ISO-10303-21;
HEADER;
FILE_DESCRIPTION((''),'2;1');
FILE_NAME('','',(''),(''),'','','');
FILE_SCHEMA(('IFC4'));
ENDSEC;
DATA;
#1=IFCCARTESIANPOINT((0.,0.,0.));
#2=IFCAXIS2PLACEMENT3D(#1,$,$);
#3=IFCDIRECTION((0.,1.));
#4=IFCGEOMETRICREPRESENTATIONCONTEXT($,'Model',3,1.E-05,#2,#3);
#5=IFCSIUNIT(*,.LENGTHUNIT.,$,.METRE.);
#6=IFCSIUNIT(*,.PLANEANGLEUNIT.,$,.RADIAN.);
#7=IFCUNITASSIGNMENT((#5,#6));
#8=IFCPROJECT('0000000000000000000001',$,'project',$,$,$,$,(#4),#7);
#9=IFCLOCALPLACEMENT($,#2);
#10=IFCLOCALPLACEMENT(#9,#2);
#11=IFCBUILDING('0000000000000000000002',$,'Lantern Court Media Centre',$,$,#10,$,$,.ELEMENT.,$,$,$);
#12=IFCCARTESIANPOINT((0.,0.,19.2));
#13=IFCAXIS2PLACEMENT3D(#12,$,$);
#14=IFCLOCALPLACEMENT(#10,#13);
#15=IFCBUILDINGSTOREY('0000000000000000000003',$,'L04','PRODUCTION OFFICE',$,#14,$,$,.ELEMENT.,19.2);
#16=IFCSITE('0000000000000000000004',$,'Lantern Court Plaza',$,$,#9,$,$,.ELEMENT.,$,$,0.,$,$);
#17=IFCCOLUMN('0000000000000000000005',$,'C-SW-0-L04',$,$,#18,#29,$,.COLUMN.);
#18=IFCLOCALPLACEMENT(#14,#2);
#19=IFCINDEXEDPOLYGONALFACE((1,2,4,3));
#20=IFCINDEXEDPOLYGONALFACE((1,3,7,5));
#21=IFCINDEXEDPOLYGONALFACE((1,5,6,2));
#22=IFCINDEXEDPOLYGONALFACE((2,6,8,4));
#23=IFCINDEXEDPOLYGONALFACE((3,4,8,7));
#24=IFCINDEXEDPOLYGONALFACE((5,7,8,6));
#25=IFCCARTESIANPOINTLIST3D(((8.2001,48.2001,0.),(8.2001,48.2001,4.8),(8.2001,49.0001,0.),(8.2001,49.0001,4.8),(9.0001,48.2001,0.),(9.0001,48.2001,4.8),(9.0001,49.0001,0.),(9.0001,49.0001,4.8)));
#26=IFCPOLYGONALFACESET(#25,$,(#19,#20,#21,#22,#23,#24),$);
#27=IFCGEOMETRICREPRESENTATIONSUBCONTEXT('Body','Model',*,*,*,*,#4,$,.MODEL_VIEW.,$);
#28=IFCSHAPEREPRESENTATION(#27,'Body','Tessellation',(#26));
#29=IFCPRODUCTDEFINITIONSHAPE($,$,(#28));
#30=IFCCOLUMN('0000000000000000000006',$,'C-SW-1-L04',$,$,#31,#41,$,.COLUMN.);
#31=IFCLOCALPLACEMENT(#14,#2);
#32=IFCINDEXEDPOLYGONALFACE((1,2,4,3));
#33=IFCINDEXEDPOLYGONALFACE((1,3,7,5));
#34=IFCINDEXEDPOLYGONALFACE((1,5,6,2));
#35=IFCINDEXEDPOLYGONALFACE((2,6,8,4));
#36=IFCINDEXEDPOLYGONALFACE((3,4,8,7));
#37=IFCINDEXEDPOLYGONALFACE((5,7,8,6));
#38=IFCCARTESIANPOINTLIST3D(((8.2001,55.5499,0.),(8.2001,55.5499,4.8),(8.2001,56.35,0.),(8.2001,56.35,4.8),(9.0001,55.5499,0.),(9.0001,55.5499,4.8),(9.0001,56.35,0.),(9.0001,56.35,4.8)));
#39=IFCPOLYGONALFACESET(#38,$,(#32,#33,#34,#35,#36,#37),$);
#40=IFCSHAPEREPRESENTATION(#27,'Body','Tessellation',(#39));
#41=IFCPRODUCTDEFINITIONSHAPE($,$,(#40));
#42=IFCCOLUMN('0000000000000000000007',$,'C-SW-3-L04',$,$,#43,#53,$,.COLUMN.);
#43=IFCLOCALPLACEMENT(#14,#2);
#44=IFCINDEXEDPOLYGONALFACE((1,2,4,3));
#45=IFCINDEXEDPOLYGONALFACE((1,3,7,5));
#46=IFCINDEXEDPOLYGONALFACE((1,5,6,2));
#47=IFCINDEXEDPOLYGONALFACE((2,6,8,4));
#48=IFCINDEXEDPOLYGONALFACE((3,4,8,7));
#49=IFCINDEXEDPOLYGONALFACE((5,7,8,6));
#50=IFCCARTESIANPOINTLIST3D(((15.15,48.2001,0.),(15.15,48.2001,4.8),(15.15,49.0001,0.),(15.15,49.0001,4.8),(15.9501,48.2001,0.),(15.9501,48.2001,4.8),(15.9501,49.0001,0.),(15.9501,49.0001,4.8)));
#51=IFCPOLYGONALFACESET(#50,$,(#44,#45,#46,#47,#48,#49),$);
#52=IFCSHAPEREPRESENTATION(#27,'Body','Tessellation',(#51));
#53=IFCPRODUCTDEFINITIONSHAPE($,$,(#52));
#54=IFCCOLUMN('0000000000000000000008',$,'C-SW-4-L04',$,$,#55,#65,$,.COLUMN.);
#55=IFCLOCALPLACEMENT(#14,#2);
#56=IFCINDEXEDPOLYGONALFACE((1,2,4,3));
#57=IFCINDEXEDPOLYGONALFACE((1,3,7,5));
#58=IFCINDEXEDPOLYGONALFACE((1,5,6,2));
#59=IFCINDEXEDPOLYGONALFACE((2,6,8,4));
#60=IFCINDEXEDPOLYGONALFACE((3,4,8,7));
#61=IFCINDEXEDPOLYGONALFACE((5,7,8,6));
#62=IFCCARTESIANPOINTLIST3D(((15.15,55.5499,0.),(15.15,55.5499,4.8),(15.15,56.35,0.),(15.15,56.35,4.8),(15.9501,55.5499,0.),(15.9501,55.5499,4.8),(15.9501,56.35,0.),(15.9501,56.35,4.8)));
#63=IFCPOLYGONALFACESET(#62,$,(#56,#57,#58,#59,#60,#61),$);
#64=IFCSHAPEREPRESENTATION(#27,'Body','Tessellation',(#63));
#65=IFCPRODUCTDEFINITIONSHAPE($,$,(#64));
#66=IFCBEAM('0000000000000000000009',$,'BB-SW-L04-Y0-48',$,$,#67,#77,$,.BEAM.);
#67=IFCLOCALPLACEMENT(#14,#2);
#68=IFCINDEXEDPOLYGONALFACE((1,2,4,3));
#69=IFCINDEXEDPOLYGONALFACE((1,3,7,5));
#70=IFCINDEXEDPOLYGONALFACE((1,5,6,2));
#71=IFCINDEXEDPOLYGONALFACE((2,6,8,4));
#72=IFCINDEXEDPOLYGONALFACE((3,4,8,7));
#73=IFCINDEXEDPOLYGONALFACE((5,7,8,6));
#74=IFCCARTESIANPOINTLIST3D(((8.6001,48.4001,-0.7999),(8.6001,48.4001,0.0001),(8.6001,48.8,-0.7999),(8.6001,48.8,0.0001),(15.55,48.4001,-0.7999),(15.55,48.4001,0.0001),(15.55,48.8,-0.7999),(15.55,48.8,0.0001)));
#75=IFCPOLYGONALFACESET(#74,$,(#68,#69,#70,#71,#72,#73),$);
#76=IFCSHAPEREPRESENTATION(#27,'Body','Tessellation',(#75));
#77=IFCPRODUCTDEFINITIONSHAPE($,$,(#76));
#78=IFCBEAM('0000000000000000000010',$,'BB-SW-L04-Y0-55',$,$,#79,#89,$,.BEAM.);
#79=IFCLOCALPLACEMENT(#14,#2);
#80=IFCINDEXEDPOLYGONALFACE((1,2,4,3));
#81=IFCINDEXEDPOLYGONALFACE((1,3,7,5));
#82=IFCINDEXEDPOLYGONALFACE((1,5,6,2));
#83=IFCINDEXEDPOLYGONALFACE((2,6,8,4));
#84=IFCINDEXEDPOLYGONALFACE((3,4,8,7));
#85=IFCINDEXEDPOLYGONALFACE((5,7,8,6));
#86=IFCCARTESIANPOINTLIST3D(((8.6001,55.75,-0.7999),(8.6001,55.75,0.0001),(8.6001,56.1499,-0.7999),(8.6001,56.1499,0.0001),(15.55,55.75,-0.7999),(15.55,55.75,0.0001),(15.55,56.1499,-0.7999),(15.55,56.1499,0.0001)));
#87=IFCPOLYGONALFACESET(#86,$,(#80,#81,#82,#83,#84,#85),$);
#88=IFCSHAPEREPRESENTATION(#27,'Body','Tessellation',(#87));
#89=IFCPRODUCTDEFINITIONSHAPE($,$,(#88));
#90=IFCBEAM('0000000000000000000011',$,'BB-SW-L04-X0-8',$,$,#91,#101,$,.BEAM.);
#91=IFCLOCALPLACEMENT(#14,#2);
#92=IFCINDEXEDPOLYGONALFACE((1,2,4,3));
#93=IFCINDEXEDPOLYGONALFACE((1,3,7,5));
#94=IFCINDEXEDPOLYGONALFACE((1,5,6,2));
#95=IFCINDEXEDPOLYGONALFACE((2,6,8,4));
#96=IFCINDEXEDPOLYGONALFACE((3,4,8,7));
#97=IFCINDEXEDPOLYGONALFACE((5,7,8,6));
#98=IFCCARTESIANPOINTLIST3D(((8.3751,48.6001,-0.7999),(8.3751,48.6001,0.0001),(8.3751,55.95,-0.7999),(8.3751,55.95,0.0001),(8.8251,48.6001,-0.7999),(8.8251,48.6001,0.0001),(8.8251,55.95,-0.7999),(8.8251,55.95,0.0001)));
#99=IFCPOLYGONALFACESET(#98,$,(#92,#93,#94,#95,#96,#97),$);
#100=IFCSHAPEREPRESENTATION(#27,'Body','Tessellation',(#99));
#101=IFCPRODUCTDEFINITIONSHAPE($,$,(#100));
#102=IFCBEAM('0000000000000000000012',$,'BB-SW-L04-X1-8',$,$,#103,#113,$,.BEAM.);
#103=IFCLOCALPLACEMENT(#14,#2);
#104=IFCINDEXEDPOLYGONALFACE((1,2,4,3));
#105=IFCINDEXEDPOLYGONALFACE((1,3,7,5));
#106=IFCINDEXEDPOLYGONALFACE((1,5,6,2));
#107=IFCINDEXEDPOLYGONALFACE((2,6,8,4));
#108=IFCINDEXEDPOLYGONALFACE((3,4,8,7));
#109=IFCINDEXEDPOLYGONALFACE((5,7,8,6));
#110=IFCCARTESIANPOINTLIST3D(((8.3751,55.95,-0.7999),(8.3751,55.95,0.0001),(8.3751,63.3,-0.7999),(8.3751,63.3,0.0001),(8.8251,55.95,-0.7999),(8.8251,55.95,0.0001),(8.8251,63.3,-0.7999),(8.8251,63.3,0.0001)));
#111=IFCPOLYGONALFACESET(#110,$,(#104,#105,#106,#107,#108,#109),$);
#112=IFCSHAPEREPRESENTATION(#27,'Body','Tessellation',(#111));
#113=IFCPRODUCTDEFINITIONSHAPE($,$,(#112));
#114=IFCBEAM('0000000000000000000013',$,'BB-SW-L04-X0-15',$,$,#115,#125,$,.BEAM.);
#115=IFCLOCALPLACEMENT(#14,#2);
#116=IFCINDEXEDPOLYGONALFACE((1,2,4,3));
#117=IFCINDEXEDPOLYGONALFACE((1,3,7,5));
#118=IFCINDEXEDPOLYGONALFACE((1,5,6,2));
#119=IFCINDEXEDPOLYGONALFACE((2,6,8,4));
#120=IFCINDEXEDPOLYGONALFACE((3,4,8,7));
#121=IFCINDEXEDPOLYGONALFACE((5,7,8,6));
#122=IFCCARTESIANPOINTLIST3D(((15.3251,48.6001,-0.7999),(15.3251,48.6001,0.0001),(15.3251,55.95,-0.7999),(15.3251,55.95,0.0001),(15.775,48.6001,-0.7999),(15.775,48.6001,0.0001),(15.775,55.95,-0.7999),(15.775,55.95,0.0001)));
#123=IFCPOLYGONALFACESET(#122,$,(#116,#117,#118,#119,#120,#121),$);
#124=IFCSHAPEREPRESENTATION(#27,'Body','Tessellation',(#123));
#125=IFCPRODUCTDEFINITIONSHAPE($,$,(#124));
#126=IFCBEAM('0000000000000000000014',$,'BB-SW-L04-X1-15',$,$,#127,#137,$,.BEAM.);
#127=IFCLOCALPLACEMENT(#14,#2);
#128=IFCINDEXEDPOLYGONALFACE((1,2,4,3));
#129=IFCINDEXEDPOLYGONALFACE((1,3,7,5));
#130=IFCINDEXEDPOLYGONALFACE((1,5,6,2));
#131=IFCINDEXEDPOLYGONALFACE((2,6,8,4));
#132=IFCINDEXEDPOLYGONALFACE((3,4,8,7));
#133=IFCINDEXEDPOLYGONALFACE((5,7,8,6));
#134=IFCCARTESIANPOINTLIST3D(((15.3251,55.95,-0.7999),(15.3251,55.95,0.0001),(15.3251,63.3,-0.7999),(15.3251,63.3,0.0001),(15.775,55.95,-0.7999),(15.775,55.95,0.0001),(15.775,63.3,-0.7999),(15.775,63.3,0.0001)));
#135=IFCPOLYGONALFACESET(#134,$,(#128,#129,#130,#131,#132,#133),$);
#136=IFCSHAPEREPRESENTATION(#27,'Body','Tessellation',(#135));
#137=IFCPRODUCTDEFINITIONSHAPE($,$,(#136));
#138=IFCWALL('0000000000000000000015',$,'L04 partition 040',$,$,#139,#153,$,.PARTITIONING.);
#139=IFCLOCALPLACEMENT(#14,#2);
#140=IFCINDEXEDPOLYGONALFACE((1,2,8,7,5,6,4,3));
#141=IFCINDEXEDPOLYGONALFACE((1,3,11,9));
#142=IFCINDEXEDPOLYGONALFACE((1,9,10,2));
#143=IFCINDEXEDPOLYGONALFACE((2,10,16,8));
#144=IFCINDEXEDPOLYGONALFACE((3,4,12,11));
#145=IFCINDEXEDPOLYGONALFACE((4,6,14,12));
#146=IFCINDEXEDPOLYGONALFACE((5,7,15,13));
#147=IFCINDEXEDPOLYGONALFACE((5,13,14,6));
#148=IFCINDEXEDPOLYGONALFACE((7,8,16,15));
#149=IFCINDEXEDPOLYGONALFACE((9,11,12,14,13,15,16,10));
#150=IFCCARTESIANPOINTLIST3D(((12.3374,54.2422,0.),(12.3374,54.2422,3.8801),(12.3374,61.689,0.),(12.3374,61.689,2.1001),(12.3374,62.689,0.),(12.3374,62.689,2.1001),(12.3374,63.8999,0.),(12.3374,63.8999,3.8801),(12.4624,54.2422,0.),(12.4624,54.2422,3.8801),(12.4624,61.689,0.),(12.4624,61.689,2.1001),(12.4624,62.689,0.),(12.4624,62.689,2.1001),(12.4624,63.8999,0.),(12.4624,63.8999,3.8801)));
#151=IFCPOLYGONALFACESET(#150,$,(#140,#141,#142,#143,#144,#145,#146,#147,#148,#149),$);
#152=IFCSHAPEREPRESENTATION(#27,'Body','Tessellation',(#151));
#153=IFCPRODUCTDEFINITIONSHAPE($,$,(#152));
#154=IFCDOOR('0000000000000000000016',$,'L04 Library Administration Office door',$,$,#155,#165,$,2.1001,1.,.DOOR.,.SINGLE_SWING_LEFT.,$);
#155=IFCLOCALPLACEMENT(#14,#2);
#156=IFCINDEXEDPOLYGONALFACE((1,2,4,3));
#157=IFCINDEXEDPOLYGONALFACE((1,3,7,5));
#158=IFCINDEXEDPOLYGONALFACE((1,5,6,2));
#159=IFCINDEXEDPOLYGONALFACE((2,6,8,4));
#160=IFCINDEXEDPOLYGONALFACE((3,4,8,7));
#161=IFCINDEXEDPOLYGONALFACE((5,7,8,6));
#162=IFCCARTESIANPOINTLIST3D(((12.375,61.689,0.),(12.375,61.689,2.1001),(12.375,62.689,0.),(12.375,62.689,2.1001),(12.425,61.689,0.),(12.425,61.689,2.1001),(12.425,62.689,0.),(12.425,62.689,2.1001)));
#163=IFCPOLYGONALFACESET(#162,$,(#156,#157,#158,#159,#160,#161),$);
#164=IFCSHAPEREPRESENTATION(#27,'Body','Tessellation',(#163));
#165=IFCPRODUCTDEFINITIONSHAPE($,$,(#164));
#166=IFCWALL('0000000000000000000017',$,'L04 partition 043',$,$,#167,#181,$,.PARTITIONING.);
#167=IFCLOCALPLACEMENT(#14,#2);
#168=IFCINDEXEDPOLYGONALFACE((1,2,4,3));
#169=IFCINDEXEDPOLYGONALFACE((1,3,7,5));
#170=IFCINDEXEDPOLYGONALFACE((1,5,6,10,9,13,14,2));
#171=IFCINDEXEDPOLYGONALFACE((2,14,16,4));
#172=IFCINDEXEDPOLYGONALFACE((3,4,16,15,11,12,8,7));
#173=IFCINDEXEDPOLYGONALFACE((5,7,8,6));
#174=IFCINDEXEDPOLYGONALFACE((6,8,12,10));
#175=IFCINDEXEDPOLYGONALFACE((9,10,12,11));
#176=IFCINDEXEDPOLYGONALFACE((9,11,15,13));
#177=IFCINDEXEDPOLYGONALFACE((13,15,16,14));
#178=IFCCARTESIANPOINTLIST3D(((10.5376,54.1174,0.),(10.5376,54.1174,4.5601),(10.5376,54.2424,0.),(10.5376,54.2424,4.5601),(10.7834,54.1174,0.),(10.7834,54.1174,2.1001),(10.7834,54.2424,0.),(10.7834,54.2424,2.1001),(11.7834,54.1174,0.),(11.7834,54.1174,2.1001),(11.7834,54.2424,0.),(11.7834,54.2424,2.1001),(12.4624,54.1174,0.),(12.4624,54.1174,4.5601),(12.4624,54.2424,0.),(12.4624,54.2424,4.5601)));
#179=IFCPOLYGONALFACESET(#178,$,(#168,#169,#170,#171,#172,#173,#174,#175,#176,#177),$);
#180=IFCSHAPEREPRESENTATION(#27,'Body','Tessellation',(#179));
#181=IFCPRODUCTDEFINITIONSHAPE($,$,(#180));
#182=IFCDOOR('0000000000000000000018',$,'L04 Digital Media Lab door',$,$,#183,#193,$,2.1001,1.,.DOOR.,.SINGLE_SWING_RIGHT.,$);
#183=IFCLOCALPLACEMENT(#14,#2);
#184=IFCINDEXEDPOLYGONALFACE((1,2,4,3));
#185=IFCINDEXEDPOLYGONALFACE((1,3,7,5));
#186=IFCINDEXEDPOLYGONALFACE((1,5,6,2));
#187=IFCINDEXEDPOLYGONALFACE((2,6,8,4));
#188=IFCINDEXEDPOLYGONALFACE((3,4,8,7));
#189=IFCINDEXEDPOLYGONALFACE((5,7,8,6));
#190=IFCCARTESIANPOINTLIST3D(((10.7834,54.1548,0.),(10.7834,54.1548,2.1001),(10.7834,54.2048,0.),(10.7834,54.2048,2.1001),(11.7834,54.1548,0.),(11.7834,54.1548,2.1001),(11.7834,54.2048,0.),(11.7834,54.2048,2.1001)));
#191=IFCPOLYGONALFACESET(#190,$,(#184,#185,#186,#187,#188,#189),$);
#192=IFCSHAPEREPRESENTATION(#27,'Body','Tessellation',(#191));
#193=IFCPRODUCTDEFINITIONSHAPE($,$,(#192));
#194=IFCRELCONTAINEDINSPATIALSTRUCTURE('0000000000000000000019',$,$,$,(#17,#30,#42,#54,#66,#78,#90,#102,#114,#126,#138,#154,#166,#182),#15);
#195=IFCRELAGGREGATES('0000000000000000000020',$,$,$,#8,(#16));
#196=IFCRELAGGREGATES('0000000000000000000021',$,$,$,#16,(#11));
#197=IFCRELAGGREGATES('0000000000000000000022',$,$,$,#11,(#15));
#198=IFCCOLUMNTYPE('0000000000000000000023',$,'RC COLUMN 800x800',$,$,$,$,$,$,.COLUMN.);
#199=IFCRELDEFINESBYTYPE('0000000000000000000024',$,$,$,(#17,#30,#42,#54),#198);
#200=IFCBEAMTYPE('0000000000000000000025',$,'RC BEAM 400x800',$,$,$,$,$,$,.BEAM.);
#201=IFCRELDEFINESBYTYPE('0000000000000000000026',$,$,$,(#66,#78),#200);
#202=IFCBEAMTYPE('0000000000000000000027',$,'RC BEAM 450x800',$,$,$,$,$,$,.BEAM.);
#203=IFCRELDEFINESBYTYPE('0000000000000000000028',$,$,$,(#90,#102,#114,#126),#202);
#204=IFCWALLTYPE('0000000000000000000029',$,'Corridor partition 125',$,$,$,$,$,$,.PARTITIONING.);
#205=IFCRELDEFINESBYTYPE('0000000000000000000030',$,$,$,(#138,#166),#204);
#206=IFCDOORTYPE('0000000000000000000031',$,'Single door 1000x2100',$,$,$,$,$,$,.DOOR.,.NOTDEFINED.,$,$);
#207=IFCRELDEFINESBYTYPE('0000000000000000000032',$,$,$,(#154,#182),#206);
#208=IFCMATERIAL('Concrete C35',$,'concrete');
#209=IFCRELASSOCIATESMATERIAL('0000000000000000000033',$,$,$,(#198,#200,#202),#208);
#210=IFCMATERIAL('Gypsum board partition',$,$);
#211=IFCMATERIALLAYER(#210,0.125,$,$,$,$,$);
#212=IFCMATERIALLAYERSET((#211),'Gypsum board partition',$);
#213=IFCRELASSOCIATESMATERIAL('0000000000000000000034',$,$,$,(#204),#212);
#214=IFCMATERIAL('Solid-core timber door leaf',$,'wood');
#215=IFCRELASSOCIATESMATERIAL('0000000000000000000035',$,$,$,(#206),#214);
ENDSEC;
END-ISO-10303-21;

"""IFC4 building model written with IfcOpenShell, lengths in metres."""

from ifc_helpers import new_model, si_unit, direction, frame, frame_2d, origin, origin_2d, place, context, subcontext, project, spatial, rectangle, extrude, material, layer, layer_set, material_profile, profile_set, type_object, element, fill, save


model = new_model("IFC4")

# Units and contexts
model_context = context("Model", 3, precision=1e-05, world=origin(), true_north=direction((0.0, 1.0)))
body_context = subcontext(model_context, "Body", "Model", "MODEL_VIEW")
ifc_project = project(units=[si_unit("LENGTHUNIT", "METRE"), si_unit("PLANEANGLEUNIT", "RADIAN")], contexts=[model_context])

# Site, building, storey
site_placement = place(None, origin())
site = spatial("IfcSite", under=ifc_project, at=site_placement, Name="Lantern Court Plaza", CompositionType="ELEMENT", RefElevation=0.0)
building_placement = place(site_placement, origin())
building = spatial("IfcBuilding", under=site, at=building_placement, Name="Lantern Court Media Centre", CompositionType="ELEMENT")
storey_placement = place(building_placement, frame((0.0, 0.0, 19.2)))
storey = spatial("IfcBuildingStorey", under=building, at=storey_placement, Name="L04", Description="PRODUCTION OFFICE", CompositionType="ELEMENT", Elevation=19.2)

# Columns
ifc_material_1 = material(Name="Concrete C35", Category="concrete")
ifc_material_profile_1 = material_profile(ifc_material_1, rectangle(XDim=0.8, YDim=0.8, at=origin_2d()), Name="RC 800x800")
ifc_profile_set_1 = profile_set([ifc_material_profile_1], Name="Concrete C35")
column_type = type_object("IfcColumnType", Name="RC COLUMN 800x800", PredefinedType="COLUMN", material=ifc_profile_set_1)
for number, where, z_axis, x_axis, name in (
    (1, (8.6001, 48.6001, 0.0), (0.0, 0.0, 1.0), (1.0, 0.0, 0.0), "C-SW-0-L04"),
    (2, (8.6001, 55.95, 0.0), (0.0, 0.0, 1.0), (1.0, 0.0, 0.0), "C-SW-1-L04"),
    (3, (15.55, 48.6001, 0.0), (0.0, 0.0, 1.0), (1.0, 0.0, 0.0), "C-SW-3-L04"),
    (4, (15.55, 55.95, 0.0), (0.0, 0.0, 1.0), (1.0, 0.0, 0.0), "C-SW-4-L04"),
):
    element("IfcColumn", number, at=place(storey_placement, frame(where, z_axis=z_axis, x_axis=x_axis)), inside=storey, type_object=column_type, Name=name, PredefinedType="COLUMN", context=body_context, shape_type="SweptSolid", body=[
        extrude(rectangle(XDim=0.8, YDim=0.8, at=origin_2d()), origin(), (0.0, 0.0, 1.0), 4.8),
    ])

# Beams
ifc_material_profile_2 = material_profile(ifc_material_1, rectangle(XDim=0.3999, YDim=0.8, at=origin_2d()), Name="RC 400x800")
ifc_profile_set_2 = profile_set([ifc_material_profile_2], Name="Concrete C35")
beam_type_1 = type_object("IfcBeamType", Name="RC BEAM 400x800", PredefinedType="BEAM", material=ifc_profile_set_2)
for number, where, z_axis, x_axis, name in (
    (5, (8.6001, 48.6001, -0.3999), (1.0, 0.0, 0.0), (0.0, 1.0, 0.0), "BB-SW-L04-Y0-48"),
    (6, (8.6001, 55.95, -0.3999), (1.0, 0.0, 0.0), (0.0, 1.0, 0.0), "BB-SW-L04-Y0-55"),
):
    element("IfcBeam", number, at=place(storey_placement, frame(where, z_axis=z_axis, x_axis=x_axis)), inside=storey, type_object=beam_type_1, Name=name, PredefinedType="BEAM", context=body_context, shape_type="SweptSolid", body=[
        extrude(rectangle(XDim=0.3999, YDim=0.8, at=origin_2d()), origin(), (0.0, 0.0, 1.0), 6.95),
    ])
ifc_material_profile_3 = material_profile(ifc_material_1, rectangle(XDim=0.45, YDim=0.8, at=origin_2d()), Name="RC 450x800")
ifc_profile_set_3 = profile_set([ifc_material_profile_3], Name="Concrete C35")
beam_type_2 = type_object("IfcBeamType", Name="RC BEAM 450x800", PredefinedType="BEAM", material=ifc_profile_set_3)
beam_1_placement = place(storey_placement, frame((8.6001, 48.6001, -0.3999), z_axis=(0.0, 1.0, 0.0), x_axis=(-1.0, 0.0, 0.0)))
element("IfcBeam", 7, at=beam_1_placement, inside=storey, type_object=beam_type_2, Name="BB-SW-L04-X0-8", PredefinedType="BEAM", context=body_context, shape_type="SweptSolid", body=[
    extrude(rectangle(XDim=0.45, YDim=0.8, at=origin_2d()), origin(), (0.0, 0.0, 1.0), 7.3499),
])
beam_2_placement = place(storey_placement, frame((8.6001, 55.95, -0.3999), z_axis=(0.0, 1.0, 0.0), x_axis=(-1.0, 0.0, 0.0)))
element("IfcBeam", 8, at=beam_2_placement, inside=storey, type_object=beam_type_2, Name="BB-SW-L04-X1-8", PredefinedType="BEAM", context=body_context, shape_type="SweptSolid", body=[
    extrude(rectangle(XDim=0.45, YDim=0.8, at=origin_2d()), origin(), (0.0, 0.0, 1.0), 7.3501),
])
beam_3_placement = place(storey_placement, frame((15.55, 48.6001, -0.3999), z_axis=(0.0, 1.0, 0.0), x_axis=(-1.0, 0.0, 0.0)))
element("IfcBeam", 9, at=beam_3_placement, inside=storey, type_object=beam_type_2, Name="BB-SW-L04-X0-15", PredefinedType="BEAM", context=body_context, shape_type="SweptSolid", body=[
    extrude(rectangle(XDim=0.45, YDim=0.8, at=origin_2d()), origin(), (0.0, 0.0, 1.0), 7.3499),
])
beam_4_placement = place(storey_placement, frame((15.55, 55.95, -0.3999), z_axis=(0.0, 1.0, 0.0), x_axis=(-1.0, 0.0, 0.0)))
element("IfcBeam", 10, at=beam_4_placement, inside=storey, type_object=beam_type_2, Name="BB-SW-L04-X1-15", PredefinedType="BEAM", context=body_context, shape_type="SweptSolid", body=[
    extrude(rectangle(XDim=0.45, YDim=0.8, at=origin_2d()), origin(), (0.0, 0.0, 1.0), 7.3501),
])

# Walls, openings, doors
ifc_material_2 = material(Name="Gypsum board partition")
ifc_layer_1 = layer(ifc_material_2, 0.125)
ifc_layer_set_1 = layer_set([ifc_layer_1], Name="Gypsum board partition")
wall_type_1 = type_object("IfcWallType", Name="Corridor partition 125", PredefinedType="PARTITIONING", material=ifc_layer_set_1)
wall_1_placement = place(storey_placement, frame((12.3999, 54.2422, 0.0), z_axis=(0.0, 0.0, 1.0), x_axis=(0.0, 1.0, 0.0)))
wall_1 = element("IfcWall", 11, at=wall_1_placement, inside=storey, type_object=wall_type_1, Name="L04 partition 040", PredefinedType="PARTITIONING", context=body_context, shape_type="SweptSolid", body=[
    extrude(rectangle(XDim=9.6577, YDim=0.125, at=frame_2d((4.8289, 0.0))), origin(), (0.0, 0.0, 1.0), 3.8801),
])
opening_1_placement = place(wall_1_placement, frame((7.4468, 0.0, 0.0)))
opening_1 = element("IfcOpeningElement", 12, at=opening_1_placement, cuts=wall_1, PredefinedType="OPENING", context=body_context, shape_type="SweptSolid", body=[
    extrude(rectangle(XDim=1.0, YDim=2.1001, at=frame_2d((0.5, 1.05))), frame((0.0, 0.0725, 0.0), z_axis=(0.0, -1.0, 0.0), x_axis=(1.0, 0.0, 0.0)), (0.0, 0.0, 1.0), 0.145),
])
ifc_material_3 = material(Name="Solid-core timber door leaf", Category="wood")
door_type = type_object("IfcDoorType", Name="Single door 1000x2100", OperationType="NOTDEFINED", PredefinedType="DOOR", material=ifc_material_3)
door_1_placement = place(opening_1_placement, origin())
door_1 = element("IfcDoor", 13, at=door_1_placement, inside=storey, type_object=door_type, Name="L04 Library Administration Office door", OperationType="SINGLE_SWING_LEFT", OverallHeight=2.1001, OverallWidth=1.0, PredefinedType="DOOR", context=body_context, shape_type="SweptSolid", body=[
    extrude(rectangle(XDim=1.0, YDim=2.1001, at=frame_2d((0.5, 1.05))), frame((0.0, 0.0249, 0.0), z_axis=(0.0, -1.0, 0.0), x_axis=(1.0, 0.0, 0.0)), (0.0, 0.0, 1.0), 0.05),
])
fill(opening_1, door_1)
wall_2_placement = place(storey_placement, frame((10.5376, 54.1799, 0.0), z_axis=(0.0, 0.0, 1.0), x_axis=(1.0, 0.0, 0.0)))
wall_2 = element("IfcWall", 14, at=wall_2_placement, inside=storey, type_object=wall_type_1, Name="L04 partition 043", PredefinedType="PARTITIONING", context=body_context, shape_type="SweptSolid", body=[
    extrude(rectangle(XDim=1.9248, YDim=0.125, at=frame_2d((0.9624, 0.0))), origin(), (0.0, 0.0, 1.0), 4.5601),
])
opening_2_placement = place(wall_2_placement, frame((0.2458, 0.0, 0.0)))
opening_2 = element("IfcOpeningElement", 15, at=opening_2_placement, cuts=wall_2, PredefinedType="OPENING", context=body_context, shape_type="SweptSolid", body=[
    extrude(rectangle(XDim=1.0, YDim=2.1001, at=frame_2d((0.5, 1.05))), frame((0.0, 0.0725, 0.0), z_axis=(0.0, -1.0, 0.0), x_axis=(1.0, 0.0, 0.0)), (0.0, 0.0, 1.0), 0.145),
])
door_2_placement = place(opening_2_placement, origin())
door_2 = element("IfcDoor", 16, at=door_2_placement, inside=storey, type_object=door_type, Name="L04 Digital Media Lab door", OperationType="SINGLE_SWING_RIGHT", OverallHeight=2.1001, OverallWidth=1.0, PredefinedType="DOOR", context=body_context, shape_type="SweptSolid", body=[
    extrude(rectangle(XDim=1.0, YDim=2.1001, at=frame_2d((0.5, 1.05))), frame((0.0, 0.0249, 0.0), z_axis=(0.0, -1.0, 0.0), x_axis=(1.0, 0.0, 0.0)), (0.0, 0.0, 1.0), 0.05),
])
fill(opening_2, door_2)

save(model, "model.ifc")
